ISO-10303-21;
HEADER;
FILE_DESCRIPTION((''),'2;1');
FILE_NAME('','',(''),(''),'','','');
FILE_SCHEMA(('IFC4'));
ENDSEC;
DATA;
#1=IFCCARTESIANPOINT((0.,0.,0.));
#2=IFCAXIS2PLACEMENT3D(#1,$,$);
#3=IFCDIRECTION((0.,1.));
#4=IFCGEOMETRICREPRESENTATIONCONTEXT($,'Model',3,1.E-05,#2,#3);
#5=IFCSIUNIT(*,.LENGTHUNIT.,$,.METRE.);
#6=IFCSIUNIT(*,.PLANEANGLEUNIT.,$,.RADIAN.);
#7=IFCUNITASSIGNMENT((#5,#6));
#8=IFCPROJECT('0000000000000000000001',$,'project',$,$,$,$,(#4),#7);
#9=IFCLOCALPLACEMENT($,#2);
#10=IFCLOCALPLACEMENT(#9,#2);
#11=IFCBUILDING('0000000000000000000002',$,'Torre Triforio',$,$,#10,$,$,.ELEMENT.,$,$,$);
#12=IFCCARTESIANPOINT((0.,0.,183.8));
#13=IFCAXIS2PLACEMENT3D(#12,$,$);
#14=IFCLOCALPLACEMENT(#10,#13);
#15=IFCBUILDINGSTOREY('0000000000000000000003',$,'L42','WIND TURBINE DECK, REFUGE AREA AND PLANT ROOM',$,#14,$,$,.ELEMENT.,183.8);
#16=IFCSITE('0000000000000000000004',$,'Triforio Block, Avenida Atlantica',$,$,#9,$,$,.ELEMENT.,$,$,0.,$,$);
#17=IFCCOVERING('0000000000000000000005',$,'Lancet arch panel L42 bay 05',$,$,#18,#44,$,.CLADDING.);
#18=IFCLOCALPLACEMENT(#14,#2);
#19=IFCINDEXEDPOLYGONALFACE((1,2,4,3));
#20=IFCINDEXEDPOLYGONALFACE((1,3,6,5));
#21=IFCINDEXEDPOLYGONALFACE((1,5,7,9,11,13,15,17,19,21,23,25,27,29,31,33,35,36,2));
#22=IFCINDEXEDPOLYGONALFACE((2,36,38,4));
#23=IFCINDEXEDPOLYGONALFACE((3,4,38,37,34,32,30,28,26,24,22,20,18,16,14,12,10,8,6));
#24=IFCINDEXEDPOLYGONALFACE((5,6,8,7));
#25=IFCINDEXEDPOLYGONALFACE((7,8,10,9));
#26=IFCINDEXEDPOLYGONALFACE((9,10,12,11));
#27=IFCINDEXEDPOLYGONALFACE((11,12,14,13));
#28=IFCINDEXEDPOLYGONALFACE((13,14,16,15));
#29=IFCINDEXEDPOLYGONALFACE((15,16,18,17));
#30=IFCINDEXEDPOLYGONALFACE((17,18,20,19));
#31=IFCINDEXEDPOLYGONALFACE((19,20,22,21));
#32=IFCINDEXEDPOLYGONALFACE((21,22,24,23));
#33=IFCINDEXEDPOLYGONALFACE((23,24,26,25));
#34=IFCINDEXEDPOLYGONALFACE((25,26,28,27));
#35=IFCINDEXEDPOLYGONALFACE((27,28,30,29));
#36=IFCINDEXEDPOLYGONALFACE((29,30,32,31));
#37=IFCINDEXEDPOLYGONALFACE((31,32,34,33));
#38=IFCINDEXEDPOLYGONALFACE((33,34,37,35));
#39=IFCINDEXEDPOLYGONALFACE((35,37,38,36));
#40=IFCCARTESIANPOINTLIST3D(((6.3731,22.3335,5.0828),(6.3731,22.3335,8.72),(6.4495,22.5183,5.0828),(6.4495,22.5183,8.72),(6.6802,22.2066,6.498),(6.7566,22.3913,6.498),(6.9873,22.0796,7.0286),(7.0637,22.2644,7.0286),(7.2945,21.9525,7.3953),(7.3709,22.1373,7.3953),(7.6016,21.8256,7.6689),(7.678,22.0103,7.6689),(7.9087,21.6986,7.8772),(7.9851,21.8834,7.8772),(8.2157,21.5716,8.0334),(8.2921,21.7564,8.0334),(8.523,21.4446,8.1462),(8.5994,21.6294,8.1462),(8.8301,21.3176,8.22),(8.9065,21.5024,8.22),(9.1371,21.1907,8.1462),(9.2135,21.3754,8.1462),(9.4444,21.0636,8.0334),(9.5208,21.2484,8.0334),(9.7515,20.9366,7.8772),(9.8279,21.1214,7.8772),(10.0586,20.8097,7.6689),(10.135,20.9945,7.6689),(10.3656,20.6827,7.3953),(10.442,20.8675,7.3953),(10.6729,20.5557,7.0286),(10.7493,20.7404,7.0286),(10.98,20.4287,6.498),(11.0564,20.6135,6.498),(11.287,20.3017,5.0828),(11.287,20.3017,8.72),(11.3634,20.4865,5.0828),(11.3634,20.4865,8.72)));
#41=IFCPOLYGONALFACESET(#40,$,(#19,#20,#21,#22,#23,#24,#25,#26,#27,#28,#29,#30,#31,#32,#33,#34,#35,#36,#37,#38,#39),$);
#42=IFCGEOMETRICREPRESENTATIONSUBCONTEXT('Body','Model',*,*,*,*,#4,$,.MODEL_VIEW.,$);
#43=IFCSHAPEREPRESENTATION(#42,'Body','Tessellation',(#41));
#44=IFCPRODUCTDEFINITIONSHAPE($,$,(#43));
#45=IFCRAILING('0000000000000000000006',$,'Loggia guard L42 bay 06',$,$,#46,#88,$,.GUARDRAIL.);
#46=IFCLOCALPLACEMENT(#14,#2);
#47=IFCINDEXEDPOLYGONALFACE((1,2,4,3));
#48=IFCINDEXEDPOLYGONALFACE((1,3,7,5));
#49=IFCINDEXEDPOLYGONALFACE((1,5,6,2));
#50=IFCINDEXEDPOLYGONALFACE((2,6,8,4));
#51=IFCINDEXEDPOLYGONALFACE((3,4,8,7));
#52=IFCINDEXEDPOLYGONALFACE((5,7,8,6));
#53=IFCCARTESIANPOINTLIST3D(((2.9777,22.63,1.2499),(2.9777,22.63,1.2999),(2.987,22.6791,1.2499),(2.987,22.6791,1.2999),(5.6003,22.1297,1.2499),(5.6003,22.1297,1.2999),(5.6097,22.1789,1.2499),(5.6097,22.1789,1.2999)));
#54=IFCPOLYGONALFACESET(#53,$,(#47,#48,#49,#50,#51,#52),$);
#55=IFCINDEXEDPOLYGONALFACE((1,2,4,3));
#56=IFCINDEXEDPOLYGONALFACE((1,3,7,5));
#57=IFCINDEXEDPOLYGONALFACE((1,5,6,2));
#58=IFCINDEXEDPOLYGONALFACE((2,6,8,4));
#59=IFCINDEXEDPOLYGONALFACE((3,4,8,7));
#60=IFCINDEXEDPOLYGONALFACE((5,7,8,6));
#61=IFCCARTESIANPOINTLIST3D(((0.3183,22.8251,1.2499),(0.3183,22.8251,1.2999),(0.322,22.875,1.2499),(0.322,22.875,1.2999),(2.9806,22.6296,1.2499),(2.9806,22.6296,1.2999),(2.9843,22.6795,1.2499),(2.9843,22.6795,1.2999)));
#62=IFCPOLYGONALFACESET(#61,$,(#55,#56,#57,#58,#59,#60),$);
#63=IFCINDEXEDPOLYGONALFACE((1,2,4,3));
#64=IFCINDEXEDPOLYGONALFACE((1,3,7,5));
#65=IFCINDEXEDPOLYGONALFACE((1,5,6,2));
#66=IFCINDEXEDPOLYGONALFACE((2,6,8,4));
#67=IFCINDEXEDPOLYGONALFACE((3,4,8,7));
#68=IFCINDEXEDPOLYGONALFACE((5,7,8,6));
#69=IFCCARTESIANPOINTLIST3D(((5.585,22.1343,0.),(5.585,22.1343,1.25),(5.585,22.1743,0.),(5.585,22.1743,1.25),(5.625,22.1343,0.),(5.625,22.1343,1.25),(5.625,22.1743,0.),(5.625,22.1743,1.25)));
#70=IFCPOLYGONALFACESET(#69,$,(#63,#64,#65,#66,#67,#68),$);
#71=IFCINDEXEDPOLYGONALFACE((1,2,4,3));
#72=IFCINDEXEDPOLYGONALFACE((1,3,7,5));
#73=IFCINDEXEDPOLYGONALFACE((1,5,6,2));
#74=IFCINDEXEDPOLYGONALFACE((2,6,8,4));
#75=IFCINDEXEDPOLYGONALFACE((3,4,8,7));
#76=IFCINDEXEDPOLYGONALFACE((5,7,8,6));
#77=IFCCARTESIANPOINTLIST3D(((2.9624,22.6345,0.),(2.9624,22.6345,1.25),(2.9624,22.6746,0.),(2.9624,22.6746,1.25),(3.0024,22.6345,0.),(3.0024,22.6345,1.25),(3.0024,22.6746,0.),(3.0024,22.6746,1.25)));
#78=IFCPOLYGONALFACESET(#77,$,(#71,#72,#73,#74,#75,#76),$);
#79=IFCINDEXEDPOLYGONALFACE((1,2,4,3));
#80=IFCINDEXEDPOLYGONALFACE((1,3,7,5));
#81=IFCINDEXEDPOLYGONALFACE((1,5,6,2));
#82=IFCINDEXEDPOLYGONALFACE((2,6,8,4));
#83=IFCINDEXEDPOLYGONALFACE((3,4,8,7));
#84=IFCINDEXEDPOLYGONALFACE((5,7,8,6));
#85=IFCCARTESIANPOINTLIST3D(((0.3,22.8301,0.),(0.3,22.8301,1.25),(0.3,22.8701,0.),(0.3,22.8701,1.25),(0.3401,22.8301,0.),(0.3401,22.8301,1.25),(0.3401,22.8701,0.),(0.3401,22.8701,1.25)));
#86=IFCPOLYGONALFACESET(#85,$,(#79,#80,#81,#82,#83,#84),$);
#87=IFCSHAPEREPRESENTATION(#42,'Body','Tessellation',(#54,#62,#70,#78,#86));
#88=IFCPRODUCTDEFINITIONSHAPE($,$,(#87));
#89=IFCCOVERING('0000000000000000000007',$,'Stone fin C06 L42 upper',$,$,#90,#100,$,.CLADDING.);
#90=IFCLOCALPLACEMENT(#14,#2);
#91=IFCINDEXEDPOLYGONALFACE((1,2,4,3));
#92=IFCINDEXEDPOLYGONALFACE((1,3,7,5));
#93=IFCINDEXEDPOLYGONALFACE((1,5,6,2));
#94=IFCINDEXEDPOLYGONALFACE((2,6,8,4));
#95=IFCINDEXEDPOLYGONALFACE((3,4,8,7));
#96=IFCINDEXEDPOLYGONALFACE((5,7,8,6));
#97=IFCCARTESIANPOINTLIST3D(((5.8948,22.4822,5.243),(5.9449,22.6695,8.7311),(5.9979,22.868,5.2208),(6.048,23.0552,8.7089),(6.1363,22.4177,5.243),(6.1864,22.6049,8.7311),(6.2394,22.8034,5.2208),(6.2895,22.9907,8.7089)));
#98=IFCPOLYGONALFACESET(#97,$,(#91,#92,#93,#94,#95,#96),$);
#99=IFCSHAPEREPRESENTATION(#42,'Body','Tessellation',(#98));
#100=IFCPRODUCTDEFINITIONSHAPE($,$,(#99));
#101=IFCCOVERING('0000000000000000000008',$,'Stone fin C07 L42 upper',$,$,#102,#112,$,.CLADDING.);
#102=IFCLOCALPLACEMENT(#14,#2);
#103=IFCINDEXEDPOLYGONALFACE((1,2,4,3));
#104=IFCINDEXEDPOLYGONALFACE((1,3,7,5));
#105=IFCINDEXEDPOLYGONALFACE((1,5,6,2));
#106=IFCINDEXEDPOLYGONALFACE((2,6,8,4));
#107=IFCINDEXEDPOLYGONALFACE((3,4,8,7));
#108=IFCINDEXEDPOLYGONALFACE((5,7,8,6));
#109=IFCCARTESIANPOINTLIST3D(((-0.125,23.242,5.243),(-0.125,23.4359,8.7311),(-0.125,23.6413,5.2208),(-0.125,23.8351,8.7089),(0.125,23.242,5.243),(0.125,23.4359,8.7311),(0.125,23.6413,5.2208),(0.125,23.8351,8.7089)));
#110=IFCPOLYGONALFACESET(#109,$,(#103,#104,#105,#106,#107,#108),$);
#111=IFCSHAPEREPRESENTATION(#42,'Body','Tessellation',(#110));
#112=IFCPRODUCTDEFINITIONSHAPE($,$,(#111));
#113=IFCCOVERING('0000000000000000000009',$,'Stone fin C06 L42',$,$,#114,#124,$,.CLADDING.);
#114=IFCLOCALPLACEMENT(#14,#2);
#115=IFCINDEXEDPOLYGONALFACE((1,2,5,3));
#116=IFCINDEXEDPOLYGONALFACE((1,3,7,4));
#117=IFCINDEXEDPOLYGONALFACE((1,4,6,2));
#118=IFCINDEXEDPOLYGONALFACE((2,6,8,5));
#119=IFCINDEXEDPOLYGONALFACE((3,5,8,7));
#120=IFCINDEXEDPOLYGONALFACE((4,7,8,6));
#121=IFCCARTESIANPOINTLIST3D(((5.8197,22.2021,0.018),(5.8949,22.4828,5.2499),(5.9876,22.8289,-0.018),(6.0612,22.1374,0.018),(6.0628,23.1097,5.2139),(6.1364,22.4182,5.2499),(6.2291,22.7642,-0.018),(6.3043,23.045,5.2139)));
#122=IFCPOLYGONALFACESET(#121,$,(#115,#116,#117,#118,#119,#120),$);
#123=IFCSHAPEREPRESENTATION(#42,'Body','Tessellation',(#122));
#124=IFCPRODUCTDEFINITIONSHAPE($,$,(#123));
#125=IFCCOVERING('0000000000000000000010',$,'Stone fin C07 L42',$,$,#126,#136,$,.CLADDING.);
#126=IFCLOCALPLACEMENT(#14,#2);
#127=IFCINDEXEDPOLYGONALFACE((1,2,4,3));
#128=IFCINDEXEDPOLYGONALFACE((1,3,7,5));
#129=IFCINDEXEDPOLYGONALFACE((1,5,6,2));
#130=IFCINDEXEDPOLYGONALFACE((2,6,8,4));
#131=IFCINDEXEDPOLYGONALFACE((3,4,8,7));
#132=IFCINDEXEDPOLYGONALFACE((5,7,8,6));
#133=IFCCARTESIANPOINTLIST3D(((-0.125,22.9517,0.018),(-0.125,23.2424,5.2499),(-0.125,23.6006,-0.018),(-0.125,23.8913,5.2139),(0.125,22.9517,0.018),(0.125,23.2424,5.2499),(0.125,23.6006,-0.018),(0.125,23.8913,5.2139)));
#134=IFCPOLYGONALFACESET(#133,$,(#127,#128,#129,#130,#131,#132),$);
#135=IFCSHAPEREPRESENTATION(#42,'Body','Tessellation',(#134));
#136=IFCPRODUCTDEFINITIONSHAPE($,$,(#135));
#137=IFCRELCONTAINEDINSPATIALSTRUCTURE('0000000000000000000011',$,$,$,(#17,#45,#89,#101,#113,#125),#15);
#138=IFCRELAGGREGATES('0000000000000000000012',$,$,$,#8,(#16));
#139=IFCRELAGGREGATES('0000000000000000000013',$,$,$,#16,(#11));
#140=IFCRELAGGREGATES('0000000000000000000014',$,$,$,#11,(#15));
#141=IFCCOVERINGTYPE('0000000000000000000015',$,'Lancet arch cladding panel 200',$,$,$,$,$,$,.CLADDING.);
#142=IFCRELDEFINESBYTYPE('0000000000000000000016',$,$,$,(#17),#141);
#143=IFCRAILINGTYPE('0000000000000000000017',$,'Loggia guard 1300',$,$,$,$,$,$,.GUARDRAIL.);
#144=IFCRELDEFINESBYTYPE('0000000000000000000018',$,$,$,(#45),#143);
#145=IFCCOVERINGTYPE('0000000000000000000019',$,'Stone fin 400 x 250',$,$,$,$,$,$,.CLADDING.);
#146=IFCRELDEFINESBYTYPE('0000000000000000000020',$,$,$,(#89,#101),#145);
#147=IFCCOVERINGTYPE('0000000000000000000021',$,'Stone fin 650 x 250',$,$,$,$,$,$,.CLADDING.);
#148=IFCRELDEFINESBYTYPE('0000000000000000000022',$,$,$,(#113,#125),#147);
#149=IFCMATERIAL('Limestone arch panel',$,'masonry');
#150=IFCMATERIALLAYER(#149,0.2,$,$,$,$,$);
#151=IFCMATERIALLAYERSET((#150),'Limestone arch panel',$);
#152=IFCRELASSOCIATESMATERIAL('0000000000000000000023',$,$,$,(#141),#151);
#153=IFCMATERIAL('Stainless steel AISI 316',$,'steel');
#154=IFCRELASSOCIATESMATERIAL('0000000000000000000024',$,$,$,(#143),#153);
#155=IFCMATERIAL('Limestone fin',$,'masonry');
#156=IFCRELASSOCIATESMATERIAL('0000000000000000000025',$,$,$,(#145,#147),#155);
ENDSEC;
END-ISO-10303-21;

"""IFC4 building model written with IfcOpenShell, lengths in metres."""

from ifc_helpers import new_model, si_unit, direction, frame, origin, origin_2d, place, context, subcontext, project, spatial, polyline, rectangle, outline, extrude, material, layer, layer_set, material_profile, profile_set, type_object, element, save


model = new_model("IFC4")

# Units and contexts
model_context = context("Model", 3, precision=1e-05, world=origin(), true_north=direction((0.0, 1.0)))
body_context = subcontext(model_context, "Body", "Model", "MODEL_VIEW")
ifc_project = project(units=[si_unit("LENGTHUNIT", "METRE"), si_unit("PLANEANGLEUNIT", "RADIAN")], contexts=[model_context])

# Site, building, storey
site_placement = place(None, origin())
site = spatial("IfcSite", under=ifc_project, at=site_placement, Name="Triforio Block, Avenida Atlantica", CompositionType="ELEMENT", RefElevation=0.0)
building_placement = place(site_placement, origin())
building = spatial("IfcBuilding", under=site, at=building_placement, Name="Torre Triforio", CompositionType="ELEMENT")
storey_placement = place(building_placement, frame((0.0, 0.0, 183.8)))
storey = spatial("IfcBuildingStorey", under=building, at=storey_placement, Name="L42", Description="WIND TURBINE DECK, REFUGE AREA AND PLANT ROOM", CompositionType="ELEMENT", Elevation=183.8)

# Shared definitions
ifc_material_1 = material(Name="Stainless steel AISI 316", Category="steel")

# Covering
ifc_material_2 = material(Name="Limestone arch panel", Category="masonry")
ifc_layer_1 = layer(ifc_material_2, 0.2)
ifc_layer_set_1 = layer_set([ifc_layer_1], Name="Limestone arch panel")
covering_type_1 = type_object("IfcCoveringType", Name="Lancet arch cladding panel 200", PredefinedType="CLADDING", material=ifc_layer_set_1)
covering_placement = place(storey_placement, frame((8.8301, 21.3176, 0.0), z_axis=(0.3821, 0.924121, 0.0), x_axis=(-0.924121, 0.3821, 0.0)))
element("IfcCovering", 1, at=covering_placement, inside=storey, type_object=covering_type_1, Name="Lancet arch panel L42 bay 05", PredefinedType="CLADDING", context=body_context, shape_type="SweptSolid", body=[
    extrude(outline(polyline([(-2.6587, 8.72), (-2.6587, 5.0828), (-2.3264, 6.498), (-1.9941, 7.0286), (-1.6616, 7.3953), (-1.3293, 7.6689), (-0.9971, 7.8772), (-0.6648, 8.0334), (-0.3323, 8.1462), (0.0, 8.22), (0.3323, 8.1462), (0.6648, 8.0334), (0.9971, 7.8772), (1.3293, 7.6689), (1.6616, 7.3953), (1.9941, 7.0286), (2.3264, 6.498), (2.6587, 5.0828), (2.6587, 8.72), (-2.6587, 8.72)])), origin(), (0.0, 0.0, 1.0), 0.2),
])

# Railing
railing_type_1 = type_object("IfcRailingType", Name="Loggia guard 1300", PredefinedType="GUARDRAIL", material=ifc_material_1)
railing_placement = place(storey_placement, frame((5.605, 22.1543, 0.0)))
element("IfcRailing", 2, at=railing_placement, inside=storey, type_object=railing_type_1, Name="Loggia guard L42 bay 06", PredefinedType="GUARDRAIL", context=body_context, shape_type="SweptSolid", body=[
    extrude(rectangle(XDim=0.05, YDim=0.05, at=origin_2d()), frame((0.0, 0.0, 1.2749), z_axis=(-0.98229, 0.187368, 0.0), x_axis=(-0.187368, -0.98229, 0.0)), (0.0, 0.0, 1.0), 2.6699),
    extrude(rectangle(XDim=0.05, YDim=0.05, at=origin_2d()), frame((-2.6226, 0.5002, 1.2749), z_axis=(-0.997313, 0.073255, 0.0), x_axis=(-0.073255, -0.997313, 0.0)), (0.0, 0.0, 1.0), 2.6694),
    extrude(rectangle(XDim=0.04, YDim=0.04, at=origin_2d()), origin(), (0.0, 0.0, 1.0), 1.25),
    extrude(rectangle(XDim=0.04, YDim=0.04, at=origin_2d()), frame((-2.6226, 0.5002, 0.0)), (0.0, 0.0, 1.0), 1.25),
    extrude(rectangle(XDim=0.04, YDim=0.04, at=origin_2d()), frame((-5.2849, 0.6958, 0.0)), (0.0, 0.0, 1.0), 1.25),
])

# Coverings
ifc_material_3 = material(Name="Limestone fin", Category="masonry")
ifc_material_profile_1 = material_profile(ifc_material_3, rectangle(XDim=0.3999, YDim=0.25, at=origin_2d()), Name="FIN 400x250")
ifc_profile_set_1 = profile_set([ifc_material_profile_1], Name="Limestone fin")
covering_type_2 = type_object("IfcCoveringType", Name="Stone fin 400 x 250", PredefinedType="CLADDING", material=ifc_profile_set_1)
for number, where, z_axis, x_axis, name in (
    (3, (6.0671, 22.6428, 5.2319), (0.014327, 0.053602, 0.99846), (-0.257814, -0.9646, 0.055484), "Stone fin C06 L42 upper"),
    (4, (0.0, 23.4417, 5.2319), (0.0, 0.055489, 0.998459), (0.0, -0.998459, 0.055489), "Stone fin C07 L42 upper"),
):
    element("IfcCovering", number, at=place(storey_placement, frame(where, z_axis=z_axis, x_axis=x_axis)), inside=storey, type_object=covering_type_2, Name=name, PredefinedType="CLADDING", context=body_context, shape_type="SweptSolid", body=[
        extrude(rectangle(XDim=0.3999, YDim=0.25, at=origin_2d()), origin(), (0.0, 0.0, 1.0), 3.4934),
    ])
ifc_material_profile_2 = material_profile(ifc_material_3, rectangle(XDim=0.6499, YDim=0.25, at=origin_2d()), Name="FIN 650x250")
ifc_profile_set_2 = profile_set([ifc_material_profile_2], Name="Limestone fin")
covering_type_3 = type_object("IfcCoveringType", Name="Stone fin 650 x 250", PredefinedType="CLADDING", material=ifc_profile_set_2)
for number, where, z_axis, x_axis, name in (
    (5, (6.0244, 22.4832, 0.0), (0.01435, 0.05358, 0.99846), (-0.25831, -0.964468, 0.055469), "Stone fin C06 L42"),
    (6, (0.0, 23.2761, 0.0), (0.0, 0.055491, 0.998459), (0.0, -0.998459, 0.055491), "Stone fin C07 L42"),
):
    element("IfcCovering", number, at=place(storey_placement, frame(where, z_axis=z_axis, x_axis=x_axis)), inside=storey, type_object=covering_type_3, Name=name, PredefinedType="CLADDING", context=body_context, shape_type="SweptSolid", body=[
        extrude(rectangle(XDim=0.6499, YDim=0.25, at=origin_2d()), origin(), (0.0, 0.0, 1.0), 5.24),
    ])

save(model, "model.ifc")
